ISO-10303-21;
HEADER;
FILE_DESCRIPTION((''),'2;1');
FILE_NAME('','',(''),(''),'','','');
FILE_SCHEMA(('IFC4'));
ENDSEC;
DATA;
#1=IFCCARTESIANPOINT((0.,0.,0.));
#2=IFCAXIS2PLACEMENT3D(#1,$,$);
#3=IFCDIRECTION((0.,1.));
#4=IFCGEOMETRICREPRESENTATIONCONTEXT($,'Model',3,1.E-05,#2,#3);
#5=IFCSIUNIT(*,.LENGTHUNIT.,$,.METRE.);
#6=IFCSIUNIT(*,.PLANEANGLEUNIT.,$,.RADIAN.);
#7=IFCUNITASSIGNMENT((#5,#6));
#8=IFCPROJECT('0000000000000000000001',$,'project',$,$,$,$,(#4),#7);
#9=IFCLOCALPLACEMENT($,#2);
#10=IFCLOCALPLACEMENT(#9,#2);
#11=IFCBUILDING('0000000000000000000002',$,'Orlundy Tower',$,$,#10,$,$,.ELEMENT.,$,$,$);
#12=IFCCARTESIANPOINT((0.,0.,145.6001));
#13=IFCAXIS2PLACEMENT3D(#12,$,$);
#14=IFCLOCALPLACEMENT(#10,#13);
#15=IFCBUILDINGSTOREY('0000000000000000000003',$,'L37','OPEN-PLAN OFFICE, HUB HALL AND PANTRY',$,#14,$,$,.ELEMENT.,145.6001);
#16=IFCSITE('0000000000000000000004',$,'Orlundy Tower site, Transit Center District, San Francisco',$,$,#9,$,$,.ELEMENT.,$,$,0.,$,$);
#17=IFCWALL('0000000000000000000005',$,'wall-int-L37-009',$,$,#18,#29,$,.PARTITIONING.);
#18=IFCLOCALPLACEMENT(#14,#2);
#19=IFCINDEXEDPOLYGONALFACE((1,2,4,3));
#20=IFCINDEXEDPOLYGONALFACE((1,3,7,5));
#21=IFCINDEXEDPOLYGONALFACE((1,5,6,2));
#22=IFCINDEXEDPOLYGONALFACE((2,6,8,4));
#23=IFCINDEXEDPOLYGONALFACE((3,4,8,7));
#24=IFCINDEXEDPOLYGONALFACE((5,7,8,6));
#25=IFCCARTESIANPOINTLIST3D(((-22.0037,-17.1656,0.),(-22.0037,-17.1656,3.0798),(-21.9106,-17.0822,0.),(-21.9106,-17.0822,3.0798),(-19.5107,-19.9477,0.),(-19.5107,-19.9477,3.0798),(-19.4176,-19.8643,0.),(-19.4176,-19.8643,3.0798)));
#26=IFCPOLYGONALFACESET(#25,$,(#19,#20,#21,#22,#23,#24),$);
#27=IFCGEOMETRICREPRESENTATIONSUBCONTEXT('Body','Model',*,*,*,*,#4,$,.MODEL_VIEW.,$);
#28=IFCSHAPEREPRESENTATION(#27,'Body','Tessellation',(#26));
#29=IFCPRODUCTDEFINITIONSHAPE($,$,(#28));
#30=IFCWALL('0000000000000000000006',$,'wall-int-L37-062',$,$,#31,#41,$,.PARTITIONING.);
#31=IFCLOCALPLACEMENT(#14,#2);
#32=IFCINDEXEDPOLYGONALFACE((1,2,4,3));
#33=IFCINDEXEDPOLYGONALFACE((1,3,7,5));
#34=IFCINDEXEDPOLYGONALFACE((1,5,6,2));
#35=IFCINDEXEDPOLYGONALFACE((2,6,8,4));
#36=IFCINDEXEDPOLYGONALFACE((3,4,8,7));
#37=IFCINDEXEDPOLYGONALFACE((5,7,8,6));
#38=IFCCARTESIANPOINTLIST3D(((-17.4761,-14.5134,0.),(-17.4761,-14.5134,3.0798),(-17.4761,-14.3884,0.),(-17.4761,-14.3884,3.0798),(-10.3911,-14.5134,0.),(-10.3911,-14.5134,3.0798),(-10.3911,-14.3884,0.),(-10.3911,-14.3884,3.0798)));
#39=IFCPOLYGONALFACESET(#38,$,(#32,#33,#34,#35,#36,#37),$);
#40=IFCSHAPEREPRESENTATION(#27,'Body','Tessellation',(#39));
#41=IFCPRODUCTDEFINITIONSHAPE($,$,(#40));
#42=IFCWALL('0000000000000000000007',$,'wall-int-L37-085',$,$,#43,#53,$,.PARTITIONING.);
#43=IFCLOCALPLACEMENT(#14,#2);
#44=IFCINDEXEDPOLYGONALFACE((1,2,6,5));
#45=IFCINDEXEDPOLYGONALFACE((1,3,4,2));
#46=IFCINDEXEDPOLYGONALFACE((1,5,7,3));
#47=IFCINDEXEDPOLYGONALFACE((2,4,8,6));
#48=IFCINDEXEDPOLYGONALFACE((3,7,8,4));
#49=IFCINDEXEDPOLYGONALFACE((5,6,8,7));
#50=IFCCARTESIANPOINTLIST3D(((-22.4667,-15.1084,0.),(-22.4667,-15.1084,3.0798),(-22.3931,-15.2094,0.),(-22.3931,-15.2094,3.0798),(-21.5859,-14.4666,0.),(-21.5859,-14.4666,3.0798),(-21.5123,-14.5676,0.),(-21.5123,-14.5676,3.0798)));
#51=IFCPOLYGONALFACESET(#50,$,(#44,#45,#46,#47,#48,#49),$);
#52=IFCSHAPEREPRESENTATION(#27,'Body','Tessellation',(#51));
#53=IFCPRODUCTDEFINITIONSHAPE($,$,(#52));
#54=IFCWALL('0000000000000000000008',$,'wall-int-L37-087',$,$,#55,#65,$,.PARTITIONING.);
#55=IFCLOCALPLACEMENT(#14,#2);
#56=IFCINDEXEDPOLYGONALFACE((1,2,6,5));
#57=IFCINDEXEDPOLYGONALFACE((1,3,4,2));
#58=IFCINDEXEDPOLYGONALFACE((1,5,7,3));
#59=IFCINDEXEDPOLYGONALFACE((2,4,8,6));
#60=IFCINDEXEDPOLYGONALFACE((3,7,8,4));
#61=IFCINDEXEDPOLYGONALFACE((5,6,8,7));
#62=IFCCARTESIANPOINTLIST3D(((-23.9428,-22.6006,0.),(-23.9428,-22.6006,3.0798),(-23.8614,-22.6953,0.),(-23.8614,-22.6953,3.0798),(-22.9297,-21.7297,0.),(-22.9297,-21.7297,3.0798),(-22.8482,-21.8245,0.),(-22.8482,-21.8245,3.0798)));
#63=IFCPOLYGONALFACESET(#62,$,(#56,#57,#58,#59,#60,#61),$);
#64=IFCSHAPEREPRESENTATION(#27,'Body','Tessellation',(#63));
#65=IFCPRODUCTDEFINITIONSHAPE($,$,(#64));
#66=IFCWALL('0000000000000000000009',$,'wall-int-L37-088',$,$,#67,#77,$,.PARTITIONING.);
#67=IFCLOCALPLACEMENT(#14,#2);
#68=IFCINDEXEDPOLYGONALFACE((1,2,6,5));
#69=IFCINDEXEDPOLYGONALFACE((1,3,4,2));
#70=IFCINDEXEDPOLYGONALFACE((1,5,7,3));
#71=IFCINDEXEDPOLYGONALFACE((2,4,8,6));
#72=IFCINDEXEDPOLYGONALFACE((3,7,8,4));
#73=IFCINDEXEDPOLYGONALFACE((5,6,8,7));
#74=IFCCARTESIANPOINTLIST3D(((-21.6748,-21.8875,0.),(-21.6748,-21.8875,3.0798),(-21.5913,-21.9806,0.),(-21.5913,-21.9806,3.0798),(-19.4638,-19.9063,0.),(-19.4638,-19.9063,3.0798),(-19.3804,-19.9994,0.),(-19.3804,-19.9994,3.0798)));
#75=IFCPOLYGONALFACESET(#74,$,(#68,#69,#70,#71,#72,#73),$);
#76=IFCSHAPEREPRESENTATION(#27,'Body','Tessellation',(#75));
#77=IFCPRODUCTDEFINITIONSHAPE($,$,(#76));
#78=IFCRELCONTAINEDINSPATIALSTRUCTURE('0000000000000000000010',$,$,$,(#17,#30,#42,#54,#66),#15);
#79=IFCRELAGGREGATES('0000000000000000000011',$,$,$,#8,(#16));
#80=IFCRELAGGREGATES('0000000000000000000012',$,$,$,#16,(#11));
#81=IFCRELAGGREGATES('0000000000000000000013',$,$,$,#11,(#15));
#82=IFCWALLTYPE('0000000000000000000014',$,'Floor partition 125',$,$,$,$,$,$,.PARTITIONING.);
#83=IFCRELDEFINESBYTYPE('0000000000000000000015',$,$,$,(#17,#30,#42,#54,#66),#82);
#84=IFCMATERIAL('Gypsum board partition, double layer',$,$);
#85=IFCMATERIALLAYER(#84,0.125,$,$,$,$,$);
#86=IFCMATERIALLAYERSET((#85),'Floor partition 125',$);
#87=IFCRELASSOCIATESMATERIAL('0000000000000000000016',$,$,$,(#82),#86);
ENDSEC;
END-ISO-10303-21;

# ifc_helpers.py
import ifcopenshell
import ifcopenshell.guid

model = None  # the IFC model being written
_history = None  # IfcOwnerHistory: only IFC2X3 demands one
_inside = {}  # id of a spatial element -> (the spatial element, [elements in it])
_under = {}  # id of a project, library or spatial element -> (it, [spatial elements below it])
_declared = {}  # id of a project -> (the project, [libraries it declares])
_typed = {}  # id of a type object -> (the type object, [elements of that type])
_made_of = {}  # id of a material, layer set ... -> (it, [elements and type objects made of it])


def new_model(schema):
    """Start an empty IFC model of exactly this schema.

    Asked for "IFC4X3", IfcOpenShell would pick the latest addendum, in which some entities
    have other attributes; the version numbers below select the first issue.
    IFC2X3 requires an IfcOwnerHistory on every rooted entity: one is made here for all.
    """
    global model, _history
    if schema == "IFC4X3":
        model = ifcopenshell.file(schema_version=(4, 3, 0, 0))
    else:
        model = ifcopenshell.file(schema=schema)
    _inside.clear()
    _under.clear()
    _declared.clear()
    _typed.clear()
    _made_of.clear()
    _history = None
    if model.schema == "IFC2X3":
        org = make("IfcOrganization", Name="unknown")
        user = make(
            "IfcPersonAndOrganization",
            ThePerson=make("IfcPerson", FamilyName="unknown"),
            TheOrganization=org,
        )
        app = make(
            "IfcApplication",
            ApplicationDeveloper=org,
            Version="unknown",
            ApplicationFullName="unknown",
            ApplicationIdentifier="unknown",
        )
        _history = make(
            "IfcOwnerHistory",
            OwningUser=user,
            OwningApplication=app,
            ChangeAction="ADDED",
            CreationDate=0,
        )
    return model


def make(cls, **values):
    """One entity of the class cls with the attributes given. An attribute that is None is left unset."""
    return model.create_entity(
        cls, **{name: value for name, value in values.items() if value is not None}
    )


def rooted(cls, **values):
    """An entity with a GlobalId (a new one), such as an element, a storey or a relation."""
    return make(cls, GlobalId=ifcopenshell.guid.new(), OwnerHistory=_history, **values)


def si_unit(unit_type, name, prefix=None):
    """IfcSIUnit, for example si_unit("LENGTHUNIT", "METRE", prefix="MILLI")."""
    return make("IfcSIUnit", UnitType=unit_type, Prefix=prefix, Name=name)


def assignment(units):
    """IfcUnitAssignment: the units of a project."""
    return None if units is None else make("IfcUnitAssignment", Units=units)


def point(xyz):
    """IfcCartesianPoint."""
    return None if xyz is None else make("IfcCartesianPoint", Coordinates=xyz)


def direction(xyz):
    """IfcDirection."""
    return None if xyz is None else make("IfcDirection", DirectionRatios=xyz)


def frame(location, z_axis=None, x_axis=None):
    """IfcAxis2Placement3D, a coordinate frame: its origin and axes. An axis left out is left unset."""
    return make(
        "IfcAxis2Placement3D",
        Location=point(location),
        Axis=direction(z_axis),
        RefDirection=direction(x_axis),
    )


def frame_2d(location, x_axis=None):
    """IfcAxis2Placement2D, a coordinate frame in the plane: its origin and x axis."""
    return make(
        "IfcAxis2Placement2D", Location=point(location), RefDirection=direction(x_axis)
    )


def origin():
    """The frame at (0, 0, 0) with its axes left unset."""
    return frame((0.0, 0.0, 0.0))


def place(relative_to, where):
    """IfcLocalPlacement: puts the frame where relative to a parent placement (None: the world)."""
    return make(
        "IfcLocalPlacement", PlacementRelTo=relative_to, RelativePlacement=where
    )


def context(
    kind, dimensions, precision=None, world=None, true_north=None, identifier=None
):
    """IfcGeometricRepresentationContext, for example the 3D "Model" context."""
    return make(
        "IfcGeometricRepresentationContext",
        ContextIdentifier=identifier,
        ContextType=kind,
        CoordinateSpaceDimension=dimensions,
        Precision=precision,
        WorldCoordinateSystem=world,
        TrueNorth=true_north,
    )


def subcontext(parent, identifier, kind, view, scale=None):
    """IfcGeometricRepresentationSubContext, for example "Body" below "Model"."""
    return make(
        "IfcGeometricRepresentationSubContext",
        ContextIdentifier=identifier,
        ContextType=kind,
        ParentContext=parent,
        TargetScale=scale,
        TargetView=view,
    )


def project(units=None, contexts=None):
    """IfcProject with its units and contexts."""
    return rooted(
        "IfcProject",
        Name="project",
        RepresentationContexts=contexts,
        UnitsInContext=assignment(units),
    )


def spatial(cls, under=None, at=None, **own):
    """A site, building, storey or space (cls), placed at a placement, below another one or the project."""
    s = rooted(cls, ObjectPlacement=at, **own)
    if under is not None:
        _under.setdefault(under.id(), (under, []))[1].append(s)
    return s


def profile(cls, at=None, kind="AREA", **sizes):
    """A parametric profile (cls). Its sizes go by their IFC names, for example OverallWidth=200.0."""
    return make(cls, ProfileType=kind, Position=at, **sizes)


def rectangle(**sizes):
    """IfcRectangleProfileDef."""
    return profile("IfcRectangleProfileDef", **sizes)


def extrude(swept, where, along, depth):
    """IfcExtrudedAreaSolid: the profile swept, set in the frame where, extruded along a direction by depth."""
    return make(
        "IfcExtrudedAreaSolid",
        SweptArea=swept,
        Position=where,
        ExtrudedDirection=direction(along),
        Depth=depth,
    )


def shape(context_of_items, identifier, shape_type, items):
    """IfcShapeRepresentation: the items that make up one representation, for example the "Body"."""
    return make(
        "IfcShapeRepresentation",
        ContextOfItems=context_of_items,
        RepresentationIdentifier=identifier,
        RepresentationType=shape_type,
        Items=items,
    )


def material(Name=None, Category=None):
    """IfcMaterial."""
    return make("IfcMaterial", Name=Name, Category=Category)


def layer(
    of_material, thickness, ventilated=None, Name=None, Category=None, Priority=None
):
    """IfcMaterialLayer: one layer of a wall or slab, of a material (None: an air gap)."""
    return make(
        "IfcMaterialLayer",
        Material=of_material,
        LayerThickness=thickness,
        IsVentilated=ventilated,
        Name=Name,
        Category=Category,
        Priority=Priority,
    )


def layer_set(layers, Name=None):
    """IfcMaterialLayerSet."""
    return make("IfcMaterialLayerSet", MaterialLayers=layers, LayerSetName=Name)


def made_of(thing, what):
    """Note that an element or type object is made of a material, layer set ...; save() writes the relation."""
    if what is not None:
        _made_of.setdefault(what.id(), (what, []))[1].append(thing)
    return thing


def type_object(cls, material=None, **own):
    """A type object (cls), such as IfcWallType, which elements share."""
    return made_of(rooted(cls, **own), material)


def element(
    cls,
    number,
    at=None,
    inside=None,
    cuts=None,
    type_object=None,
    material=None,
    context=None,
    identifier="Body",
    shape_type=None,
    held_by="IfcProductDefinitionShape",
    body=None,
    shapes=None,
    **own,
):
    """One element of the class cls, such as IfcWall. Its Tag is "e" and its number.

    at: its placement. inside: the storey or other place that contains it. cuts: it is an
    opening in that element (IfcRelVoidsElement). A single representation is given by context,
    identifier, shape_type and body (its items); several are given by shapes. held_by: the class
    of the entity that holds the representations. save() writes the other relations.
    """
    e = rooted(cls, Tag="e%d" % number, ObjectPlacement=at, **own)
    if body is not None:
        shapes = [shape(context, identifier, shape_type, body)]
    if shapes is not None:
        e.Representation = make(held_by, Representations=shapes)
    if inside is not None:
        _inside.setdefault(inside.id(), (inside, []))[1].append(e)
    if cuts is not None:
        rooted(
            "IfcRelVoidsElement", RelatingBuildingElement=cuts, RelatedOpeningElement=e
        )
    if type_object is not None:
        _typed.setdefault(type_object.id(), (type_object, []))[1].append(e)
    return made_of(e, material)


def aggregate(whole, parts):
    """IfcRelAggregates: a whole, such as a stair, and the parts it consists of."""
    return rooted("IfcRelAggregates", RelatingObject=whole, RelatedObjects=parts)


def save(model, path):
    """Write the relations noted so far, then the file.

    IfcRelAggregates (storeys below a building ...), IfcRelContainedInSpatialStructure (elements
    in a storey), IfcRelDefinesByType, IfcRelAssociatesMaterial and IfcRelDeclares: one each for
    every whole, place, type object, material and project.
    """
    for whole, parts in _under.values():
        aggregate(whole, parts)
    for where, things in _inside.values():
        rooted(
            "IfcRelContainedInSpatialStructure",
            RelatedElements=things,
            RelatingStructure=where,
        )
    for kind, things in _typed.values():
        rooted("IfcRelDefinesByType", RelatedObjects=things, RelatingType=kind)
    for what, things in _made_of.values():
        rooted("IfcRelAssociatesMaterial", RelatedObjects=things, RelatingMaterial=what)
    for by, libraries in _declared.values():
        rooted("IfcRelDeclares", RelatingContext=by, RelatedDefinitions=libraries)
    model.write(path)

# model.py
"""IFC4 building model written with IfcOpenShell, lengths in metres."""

from ifc_helpers import new_model, si_unit, direction, frame, frame_2d, origin, place, context, subcontext, project, spatial, rectangle, extrude, material, layer, layer_set, type_object, element, save


model = new_model("IFC4")

# Units and contexts
model_context = context("Model", 3, precision=1e-05, world=origin(), true_north=direction((0.0, 1.0)))
body_context = subcontext(model_context, "Body", "Model", "MODEL_VIEW")
ifc_project = project(units=[si_unit("LENGTHUNIT", "METRE"), si_unit("PLANEANGLEUNIT", "RADIAN")], contexts=[model_context])

# Site, building, storey
site_placement = place(None, origin())
site = spatial("IfcSite", under=ifc_project, at=site_placement, Name="Orlundy Tower site, Transit Center District, San Francisco", CompositionType="ELEMENT", RefElevation=0.0)
building_placement = place(site_placement, origin())
building = spatial("IfcBuilding", under=site, at=building_placement, Name="Orlundy Tower", CompositionType="ELEMENT")
storey_placement = place(building_placement, frame((0.0, 0.0, 145.6001)))
storey = spatial("IfcBuildingStorey", under=building, at=storey_placement, Name="L37", Description="OPEN-PLAN OFFICE, HUB HALL AND PANTRY", CompositionType="ELEMENT", Elevation=145.6001)

# Shared definitions
ifc_material_1 = material(Name="Gypsum board partition, double layer")
ifc_layer_1 = layer(ifc_material_1, 0.125)
ifc_layer_set_1 = layer_set([ifc_layer_1], Name="Floor partition 125")
wall_type_1 = type_object("IfcWallType", Name="Floor partition 125", PredefinedType="PARTITIONING", material=ifc_layer_set_1)

# Walls
wall_1_placement = place(storey_placement, frame((-21.957, -17.124, 0.0), z_axis=(0.0, 0.0, 1.0), x_axis=(0.667356, -0.744739, 0.0)))
element("IfcWall", 1, at=wall_1_placement, inside=storey, type_object=wall_type_1, Name="wall-int-L37-009", PredefinedType="PARTITIONING", context=body_context, shape_type="SweptSolid", body=[
    extrude(rectangle(XDim=3.7356, YDim=0.125, at=frame_2d((1.8677, 0.0))), origin(), (0.0, 0.0, 1.0), 3.0798),
])
wall_2_placement = place(storey_placement, frame((-17.4761, -14.4509, 0.0), z_axis=(0.0, 0.0, 1.0), x_axis=(1.0, 0.0, 0.0)))
element("IfcWall", 2, at=wall_2_placement, inside=storey, type_object=wall_type_1, Name="wall-int-L37-062", PredefinedType="PARTITIONING", context=body_context, shape_type="SweptSolid", body=[
    extrude(rectangle(XDim=7.085, YDim=0.125, at=frame_2d((3.5425, 0.0))), origin(), (0.0, 0.0, 1.0), 3.0798),
])
wall_3_placement = place(storey_placement, frame((-22.4299, -15.1589, 0.0), z_axis=(0.0, 0.0, 1.0), x_axis=(0.808203, 0.588904, 0.0)))
element("IfcWall", 3, at=wall_3_placement, inside=storey, type_object=wall_type_1, Name="wall-int-L37-085", PredefinedType="PARTITIONING", context=body_context, shape_type="SweptSolid", body=[
    extrude(rectangle(XDim=1.0898, YDim=0.125, at=frame_2d((0.5449, 0.0))), origin(), (0.0, 0.0, 1.0), 3.0798),
])
wall_4_placement = place(storey_placement, frame((-23.9021, -22.6479, 0.0), z_axis=(0.0, 0.0, 1.0), x_axis=(0.758366, 0.651829, 0.0)))
element("IfcWall", 4, at=wall_4_placement, inside=storey, type_object=wall_type_1, Name="wall-int-L37-087", PredefinedType="PARTITIONING", context=body_context, shape_type="SweptSolid", body=[
    extrude(rectangle(XDim=1.3359, YDim=0.125, at=frame_2d((0.668, 0.0))), origin(), (0.0, 0.0, 1.0), 3.0798),
])
wall_5_placement = place(storey_placement, frame((-21.6331, -21.9341, 0.0), z_axis=(0.0, 0.0, 1.0), x_axis=(0.74474, 0.667355, 0.0)))
element("IfcWall", 5, at=wall_5_placement, inside=storey, type_object=wall_type_1, Name="wall-int-L37-088", PredefinedType="PARTITIONING", context=body_context, shape_type="SweptSolid", body=[
    extrude(rectangle(XDim=2.9688, YDim=0.125, at=frame_2d((1.4844, 0.0))), origin(), (0.0, 0.0, 1.0), 3.0798),
])

save(model, "model.ifc")
